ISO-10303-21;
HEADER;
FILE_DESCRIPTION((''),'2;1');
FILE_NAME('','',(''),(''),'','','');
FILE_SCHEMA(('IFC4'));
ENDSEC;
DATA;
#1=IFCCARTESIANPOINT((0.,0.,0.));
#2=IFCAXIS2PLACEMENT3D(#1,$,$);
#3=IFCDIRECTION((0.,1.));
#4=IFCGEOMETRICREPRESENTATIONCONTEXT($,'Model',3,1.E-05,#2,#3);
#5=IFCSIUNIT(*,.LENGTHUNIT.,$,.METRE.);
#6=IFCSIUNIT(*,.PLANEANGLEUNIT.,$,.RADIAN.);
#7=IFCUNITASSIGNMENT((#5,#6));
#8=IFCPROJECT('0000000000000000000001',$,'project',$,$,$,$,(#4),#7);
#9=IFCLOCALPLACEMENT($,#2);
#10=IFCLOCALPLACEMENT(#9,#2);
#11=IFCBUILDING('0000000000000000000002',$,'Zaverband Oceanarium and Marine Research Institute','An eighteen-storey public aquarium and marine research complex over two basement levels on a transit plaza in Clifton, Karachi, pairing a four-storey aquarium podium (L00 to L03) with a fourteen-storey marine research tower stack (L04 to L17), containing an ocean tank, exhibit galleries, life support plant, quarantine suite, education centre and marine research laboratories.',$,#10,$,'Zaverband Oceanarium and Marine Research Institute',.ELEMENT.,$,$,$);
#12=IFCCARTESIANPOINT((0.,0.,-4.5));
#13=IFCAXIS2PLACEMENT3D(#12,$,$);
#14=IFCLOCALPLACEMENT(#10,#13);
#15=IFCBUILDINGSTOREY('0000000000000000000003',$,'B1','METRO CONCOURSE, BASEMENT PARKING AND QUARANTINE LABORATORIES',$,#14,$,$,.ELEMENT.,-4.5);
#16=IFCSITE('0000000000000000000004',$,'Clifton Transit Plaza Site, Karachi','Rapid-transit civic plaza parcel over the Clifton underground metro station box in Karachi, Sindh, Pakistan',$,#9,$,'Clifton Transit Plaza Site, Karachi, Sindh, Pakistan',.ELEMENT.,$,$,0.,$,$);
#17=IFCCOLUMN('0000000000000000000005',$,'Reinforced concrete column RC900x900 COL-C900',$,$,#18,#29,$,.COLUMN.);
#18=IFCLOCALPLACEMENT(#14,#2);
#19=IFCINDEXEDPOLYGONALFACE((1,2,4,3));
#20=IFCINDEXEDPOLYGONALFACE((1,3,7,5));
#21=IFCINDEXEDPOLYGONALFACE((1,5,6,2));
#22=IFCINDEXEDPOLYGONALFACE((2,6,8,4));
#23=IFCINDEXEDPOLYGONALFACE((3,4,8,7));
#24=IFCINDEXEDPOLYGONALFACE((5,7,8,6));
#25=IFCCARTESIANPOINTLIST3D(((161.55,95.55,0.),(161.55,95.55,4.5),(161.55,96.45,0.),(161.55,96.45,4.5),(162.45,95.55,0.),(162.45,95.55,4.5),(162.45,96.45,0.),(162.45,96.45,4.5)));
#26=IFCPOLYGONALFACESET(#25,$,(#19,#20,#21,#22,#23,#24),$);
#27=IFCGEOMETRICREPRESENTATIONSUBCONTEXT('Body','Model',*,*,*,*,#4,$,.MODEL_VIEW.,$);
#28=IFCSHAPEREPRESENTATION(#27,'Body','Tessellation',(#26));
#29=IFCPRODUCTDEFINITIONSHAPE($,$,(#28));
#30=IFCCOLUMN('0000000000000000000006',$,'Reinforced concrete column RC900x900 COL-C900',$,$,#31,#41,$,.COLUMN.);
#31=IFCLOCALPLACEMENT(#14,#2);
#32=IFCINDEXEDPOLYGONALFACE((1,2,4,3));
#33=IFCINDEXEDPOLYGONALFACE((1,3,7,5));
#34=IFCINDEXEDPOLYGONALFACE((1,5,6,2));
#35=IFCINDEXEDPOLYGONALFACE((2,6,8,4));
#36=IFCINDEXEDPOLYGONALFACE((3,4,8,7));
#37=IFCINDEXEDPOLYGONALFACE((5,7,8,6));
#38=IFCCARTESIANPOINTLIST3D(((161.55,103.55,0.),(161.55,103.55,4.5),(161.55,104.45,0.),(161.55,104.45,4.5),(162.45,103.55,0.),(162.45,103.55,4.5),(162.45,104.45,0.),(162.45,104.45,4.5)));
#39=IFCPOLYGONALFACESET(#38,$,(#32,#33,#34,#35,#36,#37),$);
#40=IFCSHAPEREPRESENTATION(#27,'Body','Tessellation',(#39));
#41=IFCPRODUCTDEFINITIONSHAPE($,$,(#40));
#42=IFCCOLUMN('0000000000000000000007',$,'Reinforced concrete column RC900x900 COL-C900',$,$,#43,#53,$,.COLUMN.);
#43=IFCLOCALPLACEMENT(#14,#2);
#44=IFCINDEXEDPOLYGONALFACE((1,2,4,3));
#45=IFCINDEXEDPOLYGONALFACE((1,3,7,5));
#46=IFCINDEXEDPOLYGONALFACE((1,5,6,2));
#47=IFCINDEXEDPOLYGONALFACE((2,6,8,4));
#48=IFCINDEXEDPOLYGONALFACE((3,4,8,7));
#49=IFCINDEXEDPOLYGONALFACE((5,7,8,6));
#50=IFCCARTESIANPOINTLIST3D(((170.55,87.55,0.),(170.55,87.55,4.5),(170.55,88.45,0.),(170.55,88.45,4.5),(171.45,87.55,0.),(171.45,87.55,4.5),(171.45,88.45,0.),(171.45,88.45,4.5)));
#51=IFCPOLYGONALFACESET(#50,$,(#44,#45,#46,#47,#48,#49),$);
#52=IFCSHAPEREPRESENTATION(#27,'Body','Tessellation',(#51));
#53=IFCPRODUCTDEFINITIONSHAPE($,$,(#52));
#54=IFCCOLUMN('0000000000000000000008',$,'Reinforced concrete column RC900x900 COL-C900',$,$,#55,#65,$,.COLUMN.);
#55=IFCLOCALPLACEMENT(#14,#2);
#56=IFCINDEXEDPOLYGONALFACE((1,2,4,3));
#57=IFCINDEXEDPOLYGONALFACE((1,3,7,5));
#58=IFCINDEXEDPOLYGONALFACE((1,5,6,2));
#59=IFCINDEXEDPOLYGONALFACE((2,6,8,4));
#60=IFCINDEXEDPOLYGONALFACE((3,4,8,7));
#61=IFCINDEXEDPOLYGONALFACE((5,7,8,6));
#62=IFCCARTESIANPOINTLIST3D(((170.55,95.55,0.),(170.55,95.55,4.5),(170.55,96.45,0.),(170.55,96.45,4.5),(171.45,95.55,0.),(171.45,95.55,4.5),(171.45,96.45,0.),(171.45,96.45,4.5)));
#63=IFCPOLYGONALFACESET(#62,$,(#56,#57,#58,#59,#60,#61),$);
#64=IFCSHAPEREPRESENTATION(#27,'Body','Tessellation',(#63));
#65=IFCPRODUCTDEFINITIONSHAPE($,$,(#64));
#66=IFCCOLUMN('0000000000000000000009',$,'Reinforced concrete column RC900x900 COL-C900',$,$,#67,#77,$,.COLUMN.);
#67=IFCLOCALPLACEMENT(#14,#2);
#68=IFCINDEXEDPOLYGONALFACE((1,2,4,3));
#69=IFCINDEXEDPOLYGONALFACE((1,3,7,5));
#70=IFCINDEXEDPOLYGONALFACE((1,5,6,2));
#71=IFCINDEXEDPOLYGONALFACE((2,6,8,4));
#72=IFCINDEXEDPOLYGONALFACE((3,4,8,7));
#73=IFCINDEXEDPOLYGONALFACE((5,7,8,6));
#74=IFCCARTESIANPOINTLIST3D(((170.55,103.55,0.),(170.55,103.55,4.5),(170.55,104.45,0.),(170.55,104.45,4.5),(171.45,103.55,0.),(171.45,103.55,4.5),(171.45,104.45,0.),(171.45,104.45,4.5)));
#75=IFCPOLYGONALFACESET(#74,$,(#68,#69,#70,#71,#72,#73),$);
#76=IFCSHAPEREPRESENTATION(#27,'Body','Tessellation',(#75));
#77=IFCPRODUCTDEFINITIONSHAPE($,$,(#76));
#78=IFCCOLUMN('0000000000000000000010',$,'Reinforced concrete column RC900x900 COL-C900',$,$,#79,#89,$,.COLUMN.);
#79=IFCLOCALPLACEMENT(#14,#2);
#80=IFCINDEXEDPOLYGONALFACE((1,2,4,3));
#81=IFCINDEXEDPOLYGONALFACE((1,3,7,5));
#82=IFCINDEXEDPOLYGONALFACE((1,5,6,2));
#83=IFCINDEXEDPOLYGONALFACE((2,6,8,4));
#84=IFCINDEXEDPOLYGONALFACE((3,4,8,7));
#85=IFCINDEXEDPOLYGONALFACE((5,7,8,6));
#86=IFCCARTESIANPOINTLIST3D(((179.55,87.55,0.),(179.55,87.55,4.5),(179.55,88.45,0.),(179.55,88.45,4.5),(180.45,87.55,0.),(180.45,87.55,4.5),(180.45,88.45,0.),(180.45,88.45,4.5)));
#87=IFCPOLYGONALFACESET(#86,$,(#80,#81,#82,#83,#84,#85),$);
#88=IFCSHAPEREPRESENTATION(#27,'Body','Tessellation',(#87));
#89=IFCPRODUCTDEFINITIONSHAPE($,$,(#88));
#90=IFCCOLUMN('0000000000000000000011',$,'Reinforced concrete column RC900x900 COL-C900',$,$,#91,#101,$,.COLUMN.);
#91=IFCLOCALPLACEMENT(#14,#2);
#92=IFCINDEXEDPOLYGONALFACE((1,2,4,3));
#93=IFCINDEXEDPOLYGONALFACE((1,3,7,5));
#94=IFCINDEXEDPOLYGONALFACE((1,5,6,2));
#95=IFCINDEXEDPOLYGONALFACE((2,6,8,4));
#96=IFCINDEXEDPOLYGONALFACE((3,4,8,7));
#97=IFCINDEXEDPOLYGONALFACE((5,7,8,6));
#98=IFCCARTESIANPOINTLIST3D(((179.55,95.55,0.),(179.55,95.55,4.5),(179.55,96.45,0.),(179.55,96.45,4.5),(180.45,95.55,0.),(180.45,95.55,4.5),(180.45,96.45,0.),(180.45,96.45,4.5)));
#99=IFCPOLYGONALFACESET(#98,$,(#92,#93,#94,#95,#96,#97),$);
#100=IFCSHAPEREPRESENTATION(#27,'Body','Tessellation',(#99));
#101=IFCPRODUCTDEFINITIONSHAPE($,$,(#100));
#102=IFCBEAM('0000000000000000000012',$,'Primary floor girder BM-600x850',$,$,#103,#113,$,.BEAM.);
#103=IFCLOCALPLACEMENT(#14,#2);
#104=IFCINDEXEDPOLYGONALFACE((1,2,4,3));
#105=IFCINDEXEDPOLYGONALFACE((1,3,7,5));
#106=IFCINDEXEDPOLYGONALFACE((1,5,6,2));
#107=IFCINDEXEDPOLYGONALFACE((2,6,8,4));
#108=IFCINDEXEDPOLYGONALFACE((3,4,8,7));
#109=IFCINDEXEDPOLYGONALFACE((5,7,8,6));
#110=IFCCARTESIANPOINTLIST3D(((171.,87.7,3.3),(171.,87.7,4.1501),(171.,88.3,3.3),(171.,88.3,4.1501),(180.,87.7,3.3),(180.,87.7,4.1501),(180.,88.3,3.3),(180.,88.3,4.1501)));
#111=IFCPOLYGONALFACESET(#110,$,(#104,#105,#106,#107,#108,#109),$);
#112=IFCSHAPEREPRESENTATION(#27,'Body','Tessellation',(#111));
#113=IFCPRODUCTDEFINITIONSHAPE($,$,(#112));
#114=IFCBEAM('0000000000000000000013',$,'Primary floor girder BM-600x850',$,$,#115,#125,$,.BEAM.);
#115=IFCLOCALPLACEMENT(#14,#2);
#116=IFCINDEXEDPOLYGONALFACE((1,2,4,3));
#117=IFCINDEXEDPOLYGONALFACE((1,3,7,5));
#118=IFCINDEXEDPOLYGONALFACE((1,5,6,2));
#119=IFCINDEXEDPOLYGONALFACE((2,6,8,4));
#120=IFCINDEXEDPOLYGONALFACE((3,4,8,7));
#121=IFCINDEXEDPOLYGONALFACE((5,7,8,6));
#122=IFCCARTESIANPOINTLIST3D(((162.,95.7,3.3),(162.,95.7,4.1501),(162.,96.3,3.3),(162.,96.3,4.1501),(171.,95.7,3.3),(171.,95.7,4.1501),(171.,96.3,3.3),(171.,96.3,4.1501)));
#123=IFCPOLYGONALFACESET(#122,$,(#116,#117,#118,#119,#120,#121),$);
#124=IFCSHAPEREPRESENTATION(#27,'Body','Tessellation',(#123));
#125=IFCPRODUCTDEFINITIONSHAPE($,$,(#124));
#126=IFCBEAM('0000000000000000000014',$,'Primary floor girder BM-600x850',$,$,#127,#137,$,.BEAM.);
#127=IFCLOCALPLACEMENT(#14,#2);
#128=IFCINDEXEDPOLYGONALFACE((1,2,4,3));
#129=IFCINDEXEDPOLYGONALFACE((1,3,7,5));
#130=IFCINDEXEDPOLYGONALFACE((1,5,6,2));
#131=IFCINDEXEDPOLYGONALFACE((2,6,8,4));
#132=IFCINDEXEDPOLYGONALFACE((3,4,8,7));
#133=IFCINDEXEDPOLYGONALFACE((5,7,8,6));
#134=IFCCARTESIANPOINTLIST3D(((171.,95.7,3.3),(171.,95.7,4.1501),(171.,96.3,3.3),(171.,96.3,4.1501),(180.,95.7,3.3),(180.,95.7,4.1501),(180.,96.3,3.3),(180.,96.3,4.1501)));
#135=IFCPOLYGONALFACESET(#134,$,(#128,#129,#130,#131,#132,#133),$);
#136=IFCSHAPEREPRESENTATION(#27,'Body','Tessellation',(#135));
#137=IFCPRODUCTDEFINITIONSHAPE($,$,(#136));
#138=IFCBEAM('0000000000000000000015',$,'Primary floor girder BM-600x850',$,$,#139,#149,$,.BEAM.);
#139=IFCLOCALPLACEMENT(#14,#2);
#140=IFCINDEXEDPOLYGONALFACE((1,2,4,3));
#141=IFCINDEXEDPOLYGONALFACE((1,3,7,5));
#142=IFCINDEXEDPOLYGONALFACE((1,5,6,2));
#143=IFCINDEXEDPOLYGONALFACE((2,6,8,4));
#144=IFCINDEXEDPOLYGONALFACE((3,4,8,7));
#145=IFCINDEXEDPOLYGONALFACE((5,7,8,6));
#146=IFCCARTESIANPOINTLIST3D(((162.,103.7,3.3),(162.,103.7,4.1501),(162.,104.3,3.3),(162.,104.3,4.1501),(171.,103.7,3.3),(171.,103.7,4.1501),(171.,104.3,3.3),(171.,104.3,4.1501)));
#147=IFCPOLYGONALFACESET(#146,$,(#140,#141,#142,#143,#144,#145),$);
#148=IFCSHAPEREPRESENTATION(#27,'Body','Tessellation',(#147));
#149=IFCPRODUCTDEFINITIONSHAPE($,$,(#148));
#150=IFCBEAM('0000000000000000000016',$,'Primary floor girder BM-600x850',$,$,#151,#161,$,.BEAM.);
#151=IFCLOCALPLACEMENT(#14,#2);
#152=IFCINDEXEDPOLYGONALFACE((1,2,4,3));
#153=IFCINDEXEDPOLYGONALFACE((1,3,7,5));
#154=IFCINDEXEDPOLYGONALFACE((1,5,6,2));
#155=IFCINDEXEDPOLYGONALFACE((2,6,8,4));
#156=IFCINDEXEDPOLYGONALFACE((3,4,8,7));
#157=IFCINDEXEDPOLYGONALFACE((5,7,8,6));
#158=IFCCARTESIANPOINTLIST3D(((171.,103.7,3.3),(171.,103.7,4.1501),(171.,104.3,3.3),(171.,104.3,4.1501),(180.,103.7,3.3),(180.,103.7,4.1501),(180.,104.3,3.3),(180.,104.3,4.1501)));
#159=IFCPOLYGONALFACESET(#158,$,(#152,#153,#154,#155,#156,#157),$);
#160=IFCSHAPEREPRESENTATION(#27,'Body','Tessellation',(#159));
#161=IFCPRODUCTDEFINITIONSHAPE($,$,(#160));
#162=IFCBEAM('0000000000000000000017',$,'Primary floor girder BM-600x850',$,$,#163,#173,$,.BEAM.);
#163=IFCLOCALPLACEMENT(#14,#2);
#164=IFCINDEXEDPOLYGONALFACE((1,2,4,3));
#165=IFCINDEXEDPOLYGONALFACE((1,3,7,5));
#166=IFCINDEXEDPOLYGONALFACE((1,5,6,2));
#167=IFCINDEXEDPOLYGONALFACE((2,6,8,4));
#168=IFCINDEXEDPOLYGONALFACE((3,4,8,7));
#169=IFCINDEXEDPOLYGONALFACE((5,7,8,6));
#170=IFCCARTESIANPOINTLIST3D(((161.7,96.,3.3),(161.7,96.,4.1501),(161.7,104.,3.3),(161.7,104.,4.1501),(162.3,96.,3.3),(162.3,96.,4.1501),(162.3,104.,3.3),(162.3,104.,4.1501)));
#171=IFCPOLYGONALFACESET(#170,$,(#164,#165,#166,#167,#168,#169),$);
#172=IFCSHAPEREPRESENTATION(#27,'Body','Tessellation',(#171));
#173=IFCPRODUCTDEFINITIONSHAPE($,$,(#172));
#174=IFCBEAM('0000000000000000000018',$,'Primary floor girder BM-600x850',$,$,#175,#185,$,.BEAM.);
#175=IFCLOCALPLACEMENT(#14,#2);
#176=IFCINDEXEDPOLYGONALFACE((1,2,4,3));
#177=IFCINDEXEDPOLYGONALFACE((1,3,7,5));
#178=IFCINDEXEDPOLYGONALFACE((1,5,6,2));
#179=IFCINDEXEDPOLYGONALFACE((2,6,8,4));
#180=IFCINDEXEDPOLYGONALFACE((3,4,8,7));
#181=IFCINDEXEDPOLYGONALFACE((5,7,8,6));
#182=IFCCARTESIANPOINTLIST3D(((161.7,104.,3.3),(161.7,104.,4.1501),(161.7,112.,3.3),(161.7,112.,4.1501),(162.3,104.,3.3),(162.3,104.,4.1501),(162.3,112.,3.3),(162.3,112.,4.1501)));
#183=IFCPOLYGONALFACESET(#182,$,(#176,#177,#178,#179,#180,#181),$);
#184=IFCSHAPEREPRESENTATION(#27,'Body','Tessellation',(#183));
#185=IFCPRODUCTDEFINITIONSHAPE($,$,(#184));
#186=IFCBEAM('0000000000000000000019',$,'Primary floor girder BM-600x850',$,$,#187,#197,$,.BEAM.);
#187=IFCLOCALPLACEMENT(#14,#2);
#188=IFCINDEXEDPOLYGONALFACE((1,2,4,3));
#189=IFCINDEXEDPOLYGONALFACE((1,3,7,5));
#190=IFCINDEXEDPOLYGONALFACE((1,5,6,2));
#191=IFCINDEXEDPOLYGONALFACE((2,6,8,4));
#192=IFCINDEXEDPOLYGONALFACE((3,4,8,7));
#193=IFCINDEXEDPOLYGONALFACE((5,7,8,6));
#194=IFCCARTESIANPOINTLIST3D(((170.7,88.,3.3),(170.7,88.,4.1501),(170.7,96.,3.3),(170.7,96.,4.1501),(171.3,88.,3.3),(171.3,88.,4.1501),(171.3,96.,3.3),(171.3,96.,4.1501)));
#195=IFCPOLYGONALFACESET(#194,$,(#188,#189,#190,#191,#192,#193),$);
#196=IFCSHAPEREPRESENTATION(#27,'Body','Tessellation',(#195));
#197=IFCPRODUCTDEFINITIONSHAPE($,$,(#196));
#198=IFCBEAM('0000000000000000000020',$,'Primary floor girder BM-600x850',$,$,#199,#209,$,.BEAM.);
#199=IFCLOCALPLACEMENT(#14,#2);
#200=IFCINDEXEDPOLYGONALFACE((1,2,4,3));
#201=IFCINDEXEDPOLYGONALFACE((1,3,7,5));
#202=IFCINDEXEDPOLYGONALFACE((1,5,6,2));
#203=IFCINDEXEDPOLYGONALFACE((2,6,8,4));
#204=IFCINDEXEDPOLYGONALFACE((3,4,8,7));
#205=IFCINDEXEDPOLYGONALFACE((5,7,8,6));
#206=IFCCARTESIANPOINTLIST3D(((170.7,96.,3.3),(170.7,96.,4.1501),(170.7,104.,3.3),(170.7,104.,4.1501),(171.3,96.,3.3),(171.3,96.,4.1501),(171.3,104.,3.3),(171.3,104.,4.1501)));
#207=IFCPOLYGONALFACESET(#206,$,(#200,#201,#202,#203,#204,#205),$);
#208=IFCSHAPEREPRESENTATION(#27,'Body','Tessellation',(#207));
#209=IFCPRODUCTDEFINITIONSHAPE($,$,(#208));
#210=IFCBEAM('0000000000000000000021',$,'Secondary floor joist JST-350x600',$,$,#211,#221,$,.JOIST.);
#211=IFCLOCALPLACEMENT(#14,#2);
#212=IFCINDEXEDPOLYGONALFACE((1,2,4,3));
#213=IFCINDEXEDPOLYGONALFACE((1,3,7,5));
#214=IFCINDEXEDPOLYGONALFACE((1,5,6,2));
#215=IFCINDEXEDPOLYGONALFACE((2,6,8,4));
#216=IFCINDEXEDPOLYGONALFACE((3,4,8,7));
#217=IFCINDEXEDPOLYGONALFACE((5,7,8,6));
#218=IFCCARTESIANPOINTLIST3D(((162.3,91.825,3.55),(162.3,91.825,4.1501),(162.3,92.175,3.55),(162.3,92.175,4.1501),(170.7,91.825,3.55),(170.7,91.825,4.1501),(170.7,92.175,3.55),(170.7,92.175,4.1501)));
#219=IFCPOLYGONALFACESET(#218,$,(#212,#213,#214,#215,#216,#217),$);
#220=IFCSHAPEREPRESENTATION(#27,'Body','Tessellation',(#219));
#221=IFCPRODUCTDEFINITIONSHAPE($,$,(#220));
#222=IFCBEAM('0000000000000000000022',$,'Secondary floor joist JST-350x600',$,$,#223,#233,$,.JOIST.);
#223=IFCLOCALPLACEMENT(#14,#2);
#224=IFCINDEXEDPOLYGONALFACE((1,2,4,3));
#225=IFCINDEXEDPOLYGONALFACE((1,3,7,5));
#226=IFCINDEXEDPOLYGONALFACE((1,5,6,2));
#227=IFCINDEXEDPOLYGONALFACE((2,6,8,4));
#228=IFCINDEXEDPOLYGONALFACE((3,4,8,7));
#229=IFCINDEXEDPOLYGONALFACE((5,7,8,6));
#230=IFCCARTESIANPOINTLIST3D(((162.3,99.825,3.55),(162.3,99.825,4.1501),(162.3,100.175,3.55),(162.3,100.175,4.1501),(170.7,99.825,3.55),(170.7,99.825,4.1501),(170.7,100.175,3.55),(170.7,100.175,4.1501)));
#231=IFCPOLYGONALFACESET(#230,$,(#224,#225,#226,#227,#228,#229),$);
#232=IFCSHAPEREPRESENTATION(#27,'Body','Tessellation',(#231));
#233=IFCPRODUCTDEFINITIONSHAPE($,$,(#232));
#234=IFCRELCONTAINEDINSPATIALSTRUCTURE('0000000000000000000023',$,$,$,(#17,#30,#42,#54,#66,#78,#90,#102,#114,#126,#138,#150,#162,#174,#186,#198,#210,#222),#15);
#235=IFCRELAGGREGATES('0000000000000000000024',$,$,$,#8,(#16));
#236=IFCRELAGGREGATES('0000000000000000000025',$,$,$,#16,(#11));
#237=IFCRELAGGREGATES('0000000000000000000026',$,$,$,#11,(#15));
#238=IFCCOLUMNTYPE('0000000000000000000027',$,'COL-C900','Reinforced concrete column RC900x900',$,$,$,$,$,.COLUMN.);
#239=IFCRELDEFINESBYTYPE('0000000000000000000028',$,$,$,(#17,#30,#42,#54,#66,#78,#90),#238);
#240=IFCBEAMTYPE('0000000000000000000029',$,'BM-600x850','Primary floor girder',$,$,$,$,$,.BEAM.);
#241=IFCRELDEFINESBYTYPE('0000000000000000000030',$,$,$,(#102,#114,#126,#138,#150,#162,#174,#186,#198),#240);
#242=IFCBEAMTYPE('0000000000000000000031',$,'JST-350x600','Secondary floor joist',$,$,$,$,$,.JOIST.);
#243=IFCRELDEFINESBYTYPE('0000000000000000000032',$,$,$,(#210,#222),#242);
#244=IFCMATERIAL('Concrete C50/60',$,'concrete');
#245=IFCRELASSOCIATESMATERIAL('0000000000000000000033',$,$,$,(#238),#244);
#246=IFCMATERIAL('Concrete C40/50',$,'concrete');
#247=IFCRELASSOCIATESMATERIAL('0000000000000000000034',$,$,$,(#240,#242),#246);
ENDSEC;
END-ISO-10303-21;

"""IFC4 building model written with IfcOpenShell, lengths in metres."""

from ifc_helpers import new_model, si_unit, direction, frame, origin, origin_2d, place, context, subcontext, project, spatial, rectangle, extrude, material, material_profile, profile_set, type_object, element, save


model = new_model("IFC4")

# Units and contexts
model_context = context("Model", 3, precision=1e-05, world=origin(), true_north=direction((0.0, 1.0)))
body_context = subcontext(model_context, "Body", "Model", "MODEL_VIEW")
ifc_project = project(units=[si_unit("LENGTHUNIT", "METRE"), si_unit("PLANEANGLEUNIT", "RADIAN")], contexts=[model_context])

# Site, building, storey
site_placement = place(None, origin())
site = spatial("IfcSite", under=ifc_project, at=site_placement, Name="Clifton Transit Plaza Site, Karachi", Description="Rapid-transit civic plaza parcel over the Clifton underground metro station box in Karachi, Sindh, Pakistan", LongName="Clifton Transit Plaza Site, Karachi, Sindh, Pakistan", CompositionType="ELEMENT", RefElevation=0.0)
building_placement = place(site_placement, origin())
building = spatial("IfcBuilding", under=site, at=building_placement, Name="Zaverband Oceanarium and Marine Research Institute", Description="An eighteen-storey public aquarium and marine research complex over two basement levels on a transit plaza in Clifton, Karachi, pairing a four-storey aquarium podium (L00 to L03) with a fourteen-storey marine research tower stack (L04 to L17), containing an ocean tank, exhibit galleries, life support plant, quarantine suite, education centre and marine research laboratories.", LongName="Zaverband Oceanarium and Marine Research Institute", CompositionType="ELEMENT")
storey_placement = place(building_placement, frame((0.0, 0.0, -4.5)))
storey = spatial("IfcBuildingStorey", under=building, at=storey_placement, Name="B1", Description="METRO CONCOURSE, BASEMENT PARKING AND QUARANTINE LABORATORIES", CompositionType="ELEMENT", Elevation=-4.5)

# Columns
ifc_material_1 = material(Name="Concrete C50/60", Category="concrete")
ifc_material_profile_1 = material_profile(ifc_material_1, rectangle(XDim=0.8999, YDim=0.8999, at=origin_2d()), Name="RC900x900")
ifc_profile_set_1 = profile_set([ifc_material_profile_1], Name="Concrete C50/60")
column_type = type_object("IfcColumnType", Name="COL-C900", Description="Reinforced concrete column RC900x900", PredefinedType="COLUMN", material=ifc_profile_set_1)
for number, where, z_axis, x_axis, name in (
    (1, (162.0, 96.0, 0.0), (0.0, 0.0, 1.0), (1.0, 0.0, 0.0), "Reinforced concrete column RC900x900 COL-C900"),
    (2, (162.0, 104.0, 0.0), (0.0, 0.0, 1.0), (1.0, 0.0, 0.0), "Reinforced concrete column RC900x900 COL-C900"),
    (3, (171.0, 88.0, 0.0), (0.0, 0.0, 1.0), (1.0, 0.0, 0.0), "Reinforced concrete column RC900x900 COL-C900"),
    (4, (171.0, 96.0, 0.0), (0.0, 0.0, 1.0), (1.0, 0.0, 0.0), "Reinforced concrete column RC900x900 COL-C900"),
    (5, (171.0, 104.0, 0.0), (0.0, 0.0, 1.0), (1.0, 0.0, 0.0), "Reinforced concrete column RC900x900 COL-C900"),
    (6, (180.0, 88.0, 0.0), (0.0, 0.0, 1.0), (1.0, 0.0, 0.0), "Reinforced concrete column RC900x900 COL-C900"),
    (7, (180.0, 96.0, 0.0), (0.0, 0.0, 1.0), (1.0, 0.0, 0.0), "Reinforced concrete column RC900x900 COL-C900"),
):
    element("IfcColumn", number, at=place(storey_placement, frame(where, z_axis=z_axis, x_axis=x_axis)), inside=storey, type_object=column_type, Name=name, PredefinedType="COLUMN", context=body_context, shape_type="SweptSolid", body=[
        extrude(rectangle(XDim=0.8999, YDim=0.8999, at=origin_2d()), origin(), (0.0, 0.0, 1.0), 4.5),
    ])

# Beams
ifc_material_2 = material(Name="Concrete C40/50", Category="concrete")
ifc_material_profile_2 = material_profile(ifc_material_2, rectangle(XDim=0.6001, YDim=0.8501, at=origin_2d()), Name="RC600x850")
ifc_profile_set_2 = profile_set([ifc_material_profile_2], Name="Concrete C40/50")
beam_type_1 = type_object("IfcBeamType", Name="BM-600x850", Description="Primary floor girder", PredefinedType="BEAM", material=ifc_profile_set_2)
for number, where, z_axis, x_axis, name in (
    (8, (171.0, 88.0, 3.7251), (1.0, 0.0, 0.0), (0.0, 1.0, 0.0), "Primary floor girder BM-600x850"),
    (9, (162.0, 96.0, 3.7251), (1.0, 0.0, 0.0), (0.0, 1.0, 0.0), "Primary floor girder BM-600x850"),
    (10, (171.0, 96.0, 3.7251), (1.0, 0.0, 0.0), (0.0, 1.0, 0.0), "Primary floor girder BM-600x850"),
    (11, (162.0, 104.0, 3.7251), (1.0, 0.0, 0.0), (0.0, 1.0, 0.0), "Primary floor girder BM-600x850"),
    (12, (171.0, 104.0, 3.7251), (1.0, 0.0, 0.0), (0.0, 1.0, 0.0), "Primary floor girder BM-600x850"),
):
    element("IfcBeam", number, at=place(storey_placement, frame(where, z_axis=z_axis, x_axis=x_axis)), inside=storey, type_object=beam_type_1, Name=name, PredefinedType="BEAM", context=body_context, shape_type="SweptSolid", body=[
        extrude(rectangle(XDim=0.6001, YDim=0.8501, at=origin_2d()), origin(), (0.0, 0.0, 1.0), 9.0),
    ])
for number, where, z_axis, x_axis, name in (
    (13, (162.0, 96.0, 3.7251), (0.0, 1.0, 0.0), (-1.0, 0.0, 0.0), "Primary floor girder BM-600x850"),
    (14, (162.0, 104.0, 3.7251), (0.0, 1.0, 0.0), (-1.0, 0.0, 0.0), "Primary floor girder BM-600x850"),
    (15, (171.0, 88.0, 3.7251), (0.0, 1.0, 0.0), (-1.0, 0.0, 0.0), "Primary floor girder BM-600x850"),
    (16, (171.0, 96.0, 3.7251), (0.0, 1.0, 0.0), (-1.0, 0.0, 0.0), "Primary floor girder BM-600x850"),
):
    element("IfcBeam", number, at=place(storey_placement, frame(where, z_axis=z_axis, x_axis=x_axis)), inside=storey, type_object=beam_type_1, Name=name, PredefinedType="BEAM", context=body_context, shape_type="SweptSolid", body=[
        extrude(rectangle(XDim=0.6001, YDim=0.8501, at=origin_2d()), origin(), (0.0, 0.0, 1.0), 8.0),
    ])
ifc_material_profile_3 = material_profile(ifc_material_2, rectangle(XDim=0.3501, YDim=0.6001, at=origin_2d()), Name="RC350x600")
ifc_profile_set_3 = profile_set([ifc_material_profile_3], Name="Concrete C40/50")
beam_type_2 = type_object("IfcBeamType", Name="JST-350x600", Description="Secondary floor joist", PredefinedType="JOIST", material=ifc_profile_set_3)
for number, where, z_axis, x_axis, name in (
    (17, (162.3, 92.0, 3.8501), (1.0, 0.0, 0.0), (0.0, 1.0, 0.0), "Secondary floor joist JST-350x600"),
    (18, (162.3, 100.0, 3.8501), (1.0, 0.0, 0.0), (0.0, 1.0, 0.0), "Secondary floor joist JST-350x600"),
):
    element("IfcBeam", number, at=place(storey_placement, frame(where, z_axis=z_axis, x_axis=x_axis)), inside=storey, type_object=beam_type_2, Name=name, PredefinedType="JOIST", context=body_context, shape_type="SweptSolid", body=[
        extrude(rectangle(XDim=0.3501, YDim=0.6001, at=origin_2d()), origin(), (0.0, 0.0, 1.0), 8.3999),
    ])

save(model, "model.ifc")
